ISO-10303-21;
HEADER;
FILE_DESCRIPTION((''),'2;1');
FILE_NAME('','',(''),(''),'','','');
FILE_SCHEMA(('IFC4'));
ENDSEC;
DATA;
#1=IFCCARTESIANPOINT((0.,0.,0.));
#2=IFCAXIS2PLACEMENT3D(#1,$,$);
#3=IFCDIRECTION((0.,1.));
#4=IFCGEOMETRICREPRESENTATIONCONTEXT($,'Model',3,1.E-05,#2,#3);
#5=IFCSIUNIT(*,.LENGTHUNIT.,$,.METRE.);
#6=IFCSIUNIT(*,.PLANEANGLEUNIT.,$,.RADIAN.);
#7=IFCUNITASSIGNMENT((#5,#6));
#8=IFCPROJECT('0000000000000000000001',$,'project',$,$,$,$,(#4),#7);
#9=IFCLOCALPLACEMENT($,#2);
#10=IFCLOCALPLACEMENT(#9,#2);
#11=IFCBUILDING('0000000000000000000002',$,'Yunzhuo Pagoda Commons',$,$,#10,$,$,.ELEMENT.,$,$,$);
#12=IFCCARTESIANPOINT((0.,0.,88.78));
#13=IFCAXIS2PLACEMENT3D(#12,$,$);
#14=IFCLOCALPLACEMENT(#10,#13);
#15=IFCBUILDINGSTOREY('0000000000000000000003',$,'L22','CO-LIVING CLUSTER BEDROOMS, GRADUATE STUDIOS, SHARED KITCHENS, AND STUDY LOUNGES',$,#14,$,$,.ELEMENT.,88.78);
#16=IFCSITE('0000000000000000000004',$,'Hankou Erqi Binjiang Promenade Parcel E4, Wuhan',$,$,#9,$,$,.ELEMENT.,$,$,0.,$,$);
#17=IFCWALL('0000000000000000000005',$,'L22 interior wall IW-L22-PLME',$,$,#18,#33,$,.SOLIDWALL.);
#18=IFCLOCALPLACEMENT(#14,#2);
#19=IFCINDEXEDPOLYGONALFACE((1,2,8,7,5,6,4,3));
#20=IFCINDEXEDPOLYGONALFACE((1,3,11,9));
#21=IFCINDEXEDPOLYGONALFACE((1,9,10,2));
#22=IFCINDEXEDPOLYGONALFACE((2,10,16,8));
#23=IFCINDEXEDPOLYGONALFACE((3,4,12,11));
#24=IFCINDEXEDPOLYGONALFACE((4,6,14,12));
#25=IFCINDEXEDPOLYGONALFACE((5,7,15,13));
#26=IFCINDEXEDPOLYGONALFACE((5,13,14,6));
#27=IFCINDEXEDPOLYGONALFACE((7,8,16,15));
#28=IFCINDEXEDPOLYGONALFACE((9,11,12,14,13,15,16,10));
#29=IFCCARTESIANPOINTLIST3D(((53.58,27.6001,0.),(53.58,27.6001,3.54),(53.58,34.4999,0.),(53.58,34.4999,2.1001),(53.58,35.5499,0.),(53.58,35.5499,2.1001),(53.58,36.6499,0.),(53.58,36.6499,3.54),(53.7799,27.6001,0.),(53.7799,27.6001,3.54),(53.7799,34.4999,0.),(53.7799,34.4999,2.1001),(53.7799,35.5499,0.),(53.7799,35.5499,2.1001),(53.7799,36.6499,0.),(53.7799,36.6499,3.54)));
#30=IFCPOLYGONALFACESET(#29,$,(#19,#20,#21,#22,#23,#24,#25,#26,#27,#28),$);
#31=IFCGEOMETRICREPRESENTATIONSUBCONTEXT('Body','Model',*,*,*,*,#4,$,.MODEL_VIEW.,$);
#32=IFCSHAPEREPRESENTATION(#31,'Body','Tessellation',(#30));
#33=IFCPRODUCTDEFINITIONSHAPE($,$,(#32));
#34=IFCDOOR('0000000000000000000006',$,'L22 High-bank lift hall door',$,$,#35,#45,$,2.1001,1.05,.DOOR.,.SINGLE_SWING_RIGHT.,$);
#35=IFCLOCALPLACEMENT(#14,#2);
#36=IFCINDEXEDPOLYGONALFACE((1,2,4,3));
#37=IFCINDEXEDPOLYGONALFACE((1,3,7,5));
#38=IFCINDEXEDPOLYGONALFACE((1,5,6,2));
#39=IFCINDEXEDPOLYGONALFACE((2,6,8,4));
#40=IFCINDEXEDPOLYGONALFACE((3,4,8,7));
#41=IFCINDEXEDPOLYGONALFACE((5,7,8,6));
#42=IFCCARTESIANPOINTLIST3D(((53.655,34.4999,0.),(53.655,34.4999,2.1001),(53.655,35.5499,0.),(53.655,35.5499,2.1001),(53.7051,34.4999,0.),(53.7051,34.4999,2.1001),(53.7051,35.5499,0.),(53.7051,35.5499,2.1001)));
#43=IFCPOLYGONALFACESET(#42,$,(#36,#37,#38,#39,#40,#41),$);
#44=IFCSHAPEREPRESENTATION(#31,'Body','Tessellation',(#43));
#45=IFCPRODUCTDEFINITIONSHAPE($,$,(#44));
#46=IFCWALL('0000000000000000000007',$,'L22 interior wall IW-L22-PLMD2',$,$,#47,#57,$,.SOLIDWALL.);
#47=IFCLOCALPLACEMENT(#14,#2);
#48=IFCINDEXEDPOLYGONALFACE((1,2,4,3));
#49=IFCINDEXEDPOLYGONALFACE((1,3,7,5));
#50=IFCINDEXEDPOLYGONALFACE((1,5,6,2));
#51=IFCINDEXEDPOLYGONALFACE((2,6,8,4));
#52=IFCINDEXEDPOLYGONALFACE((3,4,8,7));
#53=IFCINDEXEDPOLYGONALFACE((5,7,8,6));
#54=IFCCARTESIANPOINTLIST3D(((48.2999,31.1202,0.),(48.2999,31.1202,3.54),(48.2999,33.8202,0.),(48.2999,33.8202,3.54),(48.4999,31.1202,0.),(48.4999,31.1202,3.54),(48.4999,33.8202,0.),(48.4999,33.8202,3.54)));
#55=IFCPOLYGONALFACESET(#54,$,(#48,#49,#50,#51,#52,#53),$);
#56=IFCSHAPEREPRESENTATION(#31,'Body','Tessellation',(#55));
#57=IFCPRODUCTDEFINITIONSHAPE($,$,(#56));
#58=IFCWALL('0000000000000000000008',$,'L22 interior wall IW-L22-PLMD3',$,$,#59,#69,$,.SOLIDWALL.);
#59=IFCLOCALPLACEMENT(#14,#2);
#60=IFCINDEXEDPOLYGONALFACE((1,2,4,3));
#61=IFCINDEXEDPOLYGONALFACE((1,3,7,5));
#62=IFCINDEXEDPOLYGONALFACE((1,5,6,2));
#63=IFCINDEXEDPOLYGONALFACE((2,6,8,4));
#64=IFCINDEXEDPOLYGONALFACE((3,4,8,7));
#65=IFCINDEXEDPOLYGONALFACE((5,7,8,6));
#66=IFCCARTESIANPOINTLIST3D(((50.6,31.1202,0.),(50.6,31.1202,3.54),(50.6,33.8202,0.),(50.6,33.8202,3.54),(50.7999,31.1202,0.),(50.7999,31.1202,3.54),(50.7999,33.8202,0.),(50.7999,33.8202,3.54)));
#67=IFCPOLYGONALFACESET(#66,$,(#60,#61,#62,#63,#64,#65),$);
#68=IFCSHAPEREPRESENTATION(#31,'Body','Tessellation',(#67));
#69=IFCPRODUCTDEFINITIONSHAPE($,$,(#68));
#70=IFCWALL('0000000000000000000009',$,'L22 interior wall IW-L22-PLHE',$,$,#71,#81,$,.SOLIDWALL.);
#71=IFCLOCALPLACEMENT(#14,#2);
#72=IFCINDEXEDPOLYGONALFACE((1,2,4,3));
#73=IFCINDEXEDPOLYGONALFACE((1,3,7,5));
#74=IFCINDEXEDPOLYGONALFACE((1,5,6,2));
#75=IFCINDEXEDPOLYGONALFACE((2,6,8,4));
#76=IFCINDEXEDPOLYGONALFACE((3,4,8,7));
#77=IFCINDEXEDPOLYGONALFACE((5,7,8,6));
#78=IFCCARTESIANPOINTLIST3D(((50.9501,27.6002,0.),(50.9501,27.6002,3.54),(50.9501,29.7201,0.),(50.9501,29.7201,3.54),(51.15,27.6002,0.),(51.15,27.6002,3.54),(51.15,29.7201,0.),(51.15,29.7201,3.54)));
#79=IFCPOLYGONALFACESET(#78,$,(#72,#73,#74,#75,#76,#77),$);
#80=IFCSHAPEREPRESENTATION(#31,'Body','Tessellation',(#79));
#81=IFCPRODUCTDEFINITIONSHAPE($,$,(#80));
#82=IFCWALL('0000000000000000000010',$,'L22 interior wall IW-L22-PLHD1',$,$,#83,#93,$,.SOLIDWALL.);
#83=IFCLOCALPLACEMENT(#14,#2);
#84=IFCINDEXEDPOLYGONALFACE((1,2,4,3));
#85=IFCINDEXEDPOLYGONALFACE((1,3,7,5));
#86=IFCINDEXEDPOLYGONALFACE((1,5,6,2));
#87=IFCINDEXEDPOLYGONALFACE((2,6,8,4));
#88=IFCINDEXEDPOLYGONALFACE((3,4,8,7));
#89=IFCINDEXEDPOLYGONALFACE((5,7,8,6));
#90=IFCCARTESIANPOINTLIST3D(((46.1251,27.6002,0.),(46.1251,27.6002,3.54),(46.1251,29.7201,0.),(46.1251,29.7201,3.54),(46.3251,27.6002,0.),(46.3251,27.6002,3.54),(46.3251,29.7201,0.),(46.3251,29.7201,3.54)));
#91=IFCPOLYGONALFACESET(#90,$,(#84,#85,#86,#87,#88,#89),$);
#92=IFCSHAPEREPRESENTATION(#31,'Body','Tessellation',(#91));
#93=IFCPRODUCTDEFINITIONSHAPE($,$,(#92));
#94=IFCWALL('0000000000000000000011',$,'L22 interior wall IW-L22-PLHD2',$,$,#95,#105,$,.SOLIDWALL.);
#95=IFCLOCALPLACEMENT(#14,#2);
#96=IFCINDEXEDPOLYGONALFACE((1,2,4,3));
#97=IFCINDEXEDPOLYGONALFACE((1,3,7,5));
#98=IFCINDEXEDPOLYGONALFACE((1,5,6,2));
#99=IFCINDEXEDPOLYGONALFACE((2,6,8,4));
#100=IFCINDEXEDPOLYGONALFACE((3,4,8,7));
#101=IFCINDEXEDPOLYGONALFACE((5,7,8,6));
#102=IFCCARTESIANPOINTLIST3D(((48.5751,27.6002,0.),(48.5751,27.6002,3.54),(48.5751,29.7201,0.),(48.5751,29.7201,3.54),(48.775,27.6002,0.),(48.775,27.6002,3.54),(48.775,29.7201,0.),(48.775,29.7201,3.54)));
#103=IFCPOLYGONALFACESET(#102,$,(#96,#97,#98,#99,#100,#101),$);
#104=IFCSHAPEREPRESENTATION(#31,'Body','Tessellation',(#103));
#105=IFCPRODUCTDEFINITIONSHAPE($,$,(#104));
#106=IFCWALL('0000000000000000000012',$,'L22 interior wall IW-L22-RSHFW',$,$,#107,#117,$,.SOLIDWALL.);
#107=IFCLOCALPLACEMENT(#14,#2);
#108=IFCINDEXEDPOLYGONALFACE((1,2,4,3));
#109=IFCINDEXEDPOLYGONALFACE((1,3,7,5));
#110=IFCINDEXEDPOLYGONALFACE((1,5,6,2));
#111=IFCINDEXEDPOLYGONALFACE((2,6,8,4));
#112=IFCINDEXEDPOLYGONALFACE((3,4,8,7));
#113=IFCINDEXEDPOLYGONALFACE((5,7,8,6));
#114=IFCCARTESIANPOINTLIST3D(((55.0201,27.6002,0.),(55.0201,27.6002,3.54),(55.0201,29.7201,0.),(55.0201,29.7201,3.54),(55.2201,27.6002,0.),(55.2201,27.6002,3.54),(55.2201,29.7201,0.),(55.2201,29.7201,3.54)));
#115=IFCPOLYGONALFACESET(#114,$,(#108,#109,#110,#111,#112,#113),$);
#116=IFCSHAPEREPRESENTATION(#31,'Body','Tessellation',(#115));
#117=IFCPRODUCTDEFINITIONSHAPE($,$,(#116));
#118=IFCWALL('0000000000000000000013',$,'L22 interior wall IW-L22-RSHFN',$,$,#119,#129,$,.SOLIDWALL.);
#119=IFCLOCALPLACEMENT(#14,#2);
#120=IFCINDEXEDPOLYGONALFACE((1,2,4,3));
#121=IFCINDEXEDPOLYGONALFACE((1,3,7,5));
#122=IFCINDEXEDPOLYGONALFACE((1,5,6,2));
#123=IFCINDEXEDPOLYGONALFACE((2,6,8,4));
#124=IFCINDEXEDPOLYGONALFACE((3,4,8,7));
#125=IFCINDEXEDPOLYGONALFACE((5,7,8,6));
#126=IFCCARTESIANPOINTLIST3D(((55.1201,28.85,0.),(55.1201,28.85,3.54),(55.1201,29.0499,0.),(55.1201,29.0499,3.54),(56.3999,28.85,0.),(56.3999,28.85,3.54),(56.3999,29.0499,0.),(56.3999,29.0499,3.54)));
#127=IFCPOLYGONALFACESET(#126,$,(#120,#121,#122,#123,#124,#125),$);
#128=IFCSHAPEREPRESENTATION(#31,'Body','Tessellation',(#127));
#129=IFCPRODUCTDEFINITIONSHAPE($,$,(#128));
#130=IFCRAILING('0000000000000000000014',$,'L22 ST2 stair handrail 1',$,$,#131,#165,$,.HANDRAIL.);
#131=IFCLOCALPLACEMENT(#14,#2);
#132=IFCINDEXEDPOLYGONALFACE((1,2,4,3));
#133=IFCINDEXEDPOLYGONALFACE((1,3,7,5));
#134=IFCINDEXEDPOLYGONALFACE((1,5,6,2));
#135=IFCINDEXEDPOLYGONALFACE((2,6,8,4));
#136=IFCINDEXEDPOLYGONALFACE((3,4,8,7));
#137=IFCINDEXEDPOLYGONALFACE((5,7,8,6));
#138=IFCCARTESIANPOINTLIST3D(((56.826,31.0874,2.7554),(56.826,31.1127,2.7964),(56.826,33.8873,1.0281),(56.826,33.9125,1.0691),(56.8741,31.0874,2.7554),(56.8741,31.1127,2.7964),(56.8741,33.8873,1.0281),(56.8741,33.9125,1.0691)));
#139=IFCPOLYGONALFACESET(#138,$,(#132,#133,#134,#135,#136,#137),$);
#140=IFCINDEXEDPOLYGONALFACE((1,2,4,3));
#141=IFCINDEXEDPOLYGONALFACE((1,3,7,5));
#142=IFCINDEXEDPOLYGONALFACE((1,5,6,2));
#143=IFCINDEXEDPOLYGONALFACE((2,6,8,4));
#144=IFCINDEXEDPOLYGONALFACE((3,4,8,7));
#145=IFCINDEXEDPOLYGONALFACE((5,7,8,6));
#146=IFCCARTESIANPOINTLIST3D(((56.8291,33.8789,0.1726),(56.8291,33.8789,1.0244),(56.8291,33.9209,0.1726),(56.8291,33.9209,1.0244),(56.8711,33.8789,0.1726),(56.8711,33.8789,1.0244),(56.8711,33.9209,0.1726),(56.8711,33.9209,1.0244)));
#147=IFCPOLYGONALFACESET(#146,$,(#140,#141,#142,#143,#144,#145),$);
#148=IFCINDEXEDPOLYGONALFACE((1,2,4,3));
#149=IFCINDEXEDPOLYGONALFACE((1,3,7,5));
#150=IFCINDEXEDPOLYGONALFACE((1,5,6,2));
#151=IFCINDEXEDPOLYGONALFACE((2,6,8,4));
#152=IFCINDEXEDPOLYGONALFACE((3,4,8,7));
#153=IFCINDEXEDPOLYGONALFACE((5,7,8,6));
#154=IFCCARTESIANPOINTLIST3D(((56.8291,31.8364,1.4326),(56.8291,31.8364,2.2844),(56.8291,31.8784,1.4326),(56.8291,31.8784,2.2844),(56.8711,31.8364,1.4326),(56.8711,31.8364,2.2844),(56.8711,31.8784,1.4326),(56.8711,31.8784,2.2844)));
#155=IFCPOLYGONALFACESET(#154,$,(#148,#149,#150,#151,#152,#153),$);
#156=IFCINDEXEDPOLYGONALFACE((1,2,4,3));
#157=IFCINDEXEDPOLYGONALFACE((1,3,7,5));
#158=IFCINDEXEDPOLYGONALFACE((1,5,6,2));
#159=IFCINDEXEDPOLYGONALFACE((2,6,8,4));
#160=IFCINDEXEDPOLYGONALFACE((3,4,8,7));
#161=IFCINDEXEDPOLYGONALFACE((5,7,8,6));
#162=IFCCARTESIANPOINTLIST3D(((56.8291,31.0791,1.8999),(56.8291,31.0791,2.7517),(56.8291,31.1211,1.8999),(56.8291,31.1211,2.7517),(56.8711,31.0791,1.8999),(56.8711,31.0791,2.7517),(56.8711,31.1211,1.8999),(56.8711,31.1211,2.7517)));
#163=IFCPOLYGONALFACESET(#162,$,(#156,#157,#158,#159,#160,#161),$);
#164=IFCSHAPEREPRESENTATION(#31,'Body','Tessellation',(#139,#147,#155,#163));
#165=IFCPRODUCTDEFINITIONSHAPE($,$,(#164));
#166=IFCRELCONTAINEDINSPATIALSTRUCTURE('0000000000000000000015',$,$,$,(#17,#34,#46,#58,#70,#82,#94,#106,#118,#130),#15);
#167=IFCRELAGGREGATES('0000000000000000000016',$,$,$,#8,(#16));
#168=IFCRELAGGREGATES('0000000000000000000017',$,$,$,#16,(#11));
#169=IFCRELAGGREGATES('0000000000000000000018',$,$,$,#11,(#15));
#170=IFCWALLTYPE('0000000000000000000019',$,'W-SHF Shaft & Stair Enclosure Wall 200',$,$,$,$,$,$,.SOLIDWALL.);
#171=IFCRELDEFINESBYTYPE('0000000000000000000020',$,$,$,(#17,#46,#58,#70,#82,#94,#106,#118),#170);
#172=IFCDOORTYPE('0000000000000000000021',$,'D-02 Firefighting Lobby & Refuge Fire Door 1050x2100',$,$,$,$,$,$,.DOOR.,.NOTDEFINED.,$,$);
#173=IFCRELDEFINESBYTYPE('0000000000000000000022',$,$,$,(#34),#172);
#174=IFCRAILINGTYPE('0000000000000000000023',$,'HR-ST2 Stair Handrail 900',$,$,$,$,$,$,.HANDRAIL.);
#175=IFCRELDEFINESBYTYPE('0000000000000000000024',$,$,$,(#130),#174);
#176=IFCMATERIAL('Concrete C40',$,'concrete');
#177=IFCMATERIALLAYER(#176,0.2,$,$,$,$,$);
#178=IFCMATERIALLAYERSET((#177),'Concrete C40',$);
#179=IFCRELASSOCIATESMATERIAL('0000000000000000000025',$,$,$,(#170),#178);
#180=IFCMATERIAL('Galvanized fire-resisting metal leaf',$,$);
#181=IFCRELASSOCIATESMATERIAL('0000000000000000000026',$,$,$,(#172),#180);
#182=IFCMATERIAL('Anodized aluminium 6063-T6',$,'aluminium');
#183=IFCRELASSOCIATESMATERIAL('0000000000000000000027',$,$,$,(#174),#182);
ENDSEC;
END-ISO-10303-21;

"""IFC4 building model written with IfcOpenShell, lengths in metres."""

from ifc_helpers import new_model, si_unit, direction, frame, frame_2d, origin, origin_with_axes, origin_2d, place, context, subcontext, project, spatial, rectangle, extrude, source, transform, mapped, material, layer, layer_set, type_object, element, fill, save


model = new_model("IFC4")

# Units and contexts
model_context = context("Model", 3, precision=1e-05, world=origin(), true_north=direction((0.0, 1.0)))
body_context = subcontext(model_context, "Body", "Model", "MODEL_VIEW")
ifc_project = project(units=[si_unit("LENGTHUNIT", "METRE"), si_unit("PLANEANGLEUNIT", "RADIAN")], contexts=[model_context])

# Site, building, storey
site_placement = place(None, origin())
site = spatial("IfcSite", under=ifc_project, at=site_placement, Name="Hankou Erqi Binjiang Promenade Parcel E4, Wuhan", CompositionType="ELEMENT", RefElevation=0.0)
building_placement = place(site_placement, origin())
building = spatial("IfcBuilding", under=site, at=building_placement, Name="Yunzhuo Pagoda Commons", CompositionType="ELEMENT")
storey_placement = place(building_placement, frame((0.0, 0.0, 88.78)))
storey = spatial("IfcBuildingStorey", under=building, at=storey_placement, Name="L22", Description="CO-LIVING CLUSTER BEDROOMS, GRADUATE STUDIOS, SHARED KITCHENS, AND STUDY LOUNGES", CompositionType="ELEMENT", Elevation=88.78)

# Shared definitions
ifc_material_1 = material(Name="Galvanized fire-resisting metal leaf")

# Wall, opening, door
ifc_material_2 = material(Name="Concrete C40", Category="concrete")
ifc_layer_1 = layer(ifc_material_2, 0.2)
ifc_layer_set_1 = layer_set([ifc_layer_1], Name="Concrete C40")
wall_type_1 = type_object("IfcWallType", Name="W-SHF Shaft & Stair Enclosure Wall 200", PredefinedType="SOLIDWALL", material=ifc_layer_set_1)
wall_1_placement = place(storey_placement, frame((53.6799, 27.6001, 0.0), z_axis=(0.0, 0.0, 1.0), x_axis=(0.0, 1.0, 0.0)))
wall_1 = element("IfcWall", 1, at=wall_1_placement, inside=storey, type_object=wall_type_1, Name="L22 interior wall IW-L22-PLME", PredefinedType="SOLIDWALL", context=body_context, shape_type="SweptSolid", body=[
    extrude(rectangle(XDim=9.0498, YDim=0.2, at=frame_2d((4.5249, 0.0))), origin(), (0.0, 0.0, 1.0), 3.54),
])
opening_1_placement = place(wall_1_placement, frame((6.8999, 0.0, 0.0)))
opening_1 = element("IfcOpeningElement", 2, at=opening_1_placement, cuts=wall_1, PredefinedType="OPENING", context=body_context, shape_type="SweptSolid", body=[
    extrude(rectangle(XDim=1.05, YDim=2.1001, at=frame_2d((0.5249, 1.05))), frame((0.0, 0.1099, 0.0), z_axis=(0.0, -1.0, 0.0), x_axis=(1.0, 0.0, 0.0)), (0.0, 0.0, 1.0), 0.22),
])
door_type_1 = type_object("IfcDoorType", Name="D-02 Firefighting Lobby & Refuge Fire Door 1050x2100", OperationType="NOTDEFINED", PredefinedType="DOOR", material=ifc_material_1)
shared_shape_1 = source(origin(), body_context, "Body", "SweptSolid", [
    extrude(rectangle(XDim=1.05, YDim=2.1001, at=frame_2d((0.5249, 1.05))), frame((0.0, 0.0249, 0.0), z_axis=(0.0, -1.0, 0.0), x_axis=(1.0, 0.0, 0.0)), (0.0, 0.0, 1.0), 0.05),
])
door_1_placement = place(opening_1_placement, origin_with_axes())
door_1 = element("IfcDoor", 3, at=door_1_placement, inside=storey, type_object=door_type_1, Name="L22 High-bank lift hall door", OperationType="SINGLE_SWING_RIGHT", OverallHeight=2.1001, OverallWidth=1.05, PredefinedType="DOOR", context=body_context, shape_type="MappedRepresentation", body=[
    mapped(shared_shape_1, transform((0.0, 0.0, 0.0), scale=1.0)),
])
fill(opening_1, door_1)

# Walls
for number, where, z_axis, x_axis, name in (
    (4, (48.3999, 31.1201, 0.0), (0.0, 0.0, 1.0), (0.0, 1.0, 0.0), "L22 interior wall IW-L22-PLMD2"),
    (5, (50.7, 31.1201, 0.0), (0.0, 0.0, 1.0), (0.0, 1.0, 0.0), "L22 interior wall IW-L22-PLMD3"),
):
    element("IfcWall", number, at=place(storey_placement, frame(where, z_axis=z_axis, x_axis=x_axis)), inside=storey, type_object=wall_type_1, Name=name, PredefinedType="SOLIDWALL", context=body_context, shape_type="SweptSolid", body=[
        extrude(rectangle(XDim=2.7, YDim=0.2, at=frame_2d((1.3501, 0.0))), origin(), (0.0, 0.0, 1.0), 3.54),
    ])
for number, where, z_axis, x_axis, name in (
    (6, (51.05, 27.6001, 0.0), (0.0, 0.0, 1.0), (0.0, 1.0, 0.0), "L22 interior wall IW-L22-PLHE"),
    (7, (46.2251, 27.6001, 0.0), (0.0, 0.0, 1.0), (0.0, 1.0, 0.0), "L22 interior wall IW-L22-PLHD1"),
    (8, (48.675, 27.6001, 0.0), (0.0, 0.0, 1.0), (0.0, 1.0, 0.0), "L22 interior wall IW-L22-PLHD2"),
    (9, (55.1201, 27.6001, 0.0), (0.0, 0.0, 1.0), (0.0, 1.0, 0.0), "L22 interior wall IW-L22-RSHFW"),
):
    element("IfcWall", number, at=place(storey_placement, frame(where, z_axis=z_axis, x_axis=x_axis)), inside=storey, type_object=wall_type_1, Name=name, PredefinedType="SOLIDWALL", context=body_context, shape_type="SweptSolid", body=[
        extrude(rectangle(XDim=2.1199, YDim=0.2, at=frame_2d((1.0601, 0.0))), origin(), (0.0, 0.0, 1.0), 3.54),
    ])
wall_2_placement = place(storey_placement, frame((55.1201, 28.95, 0.0), z_axis=(0.0, 0.0, 1.0), x_axis=(1.0, 0.0, 0.0)))
element("IfcWall", 10, at=wall_2_placement, inside=storey, type_object=wall_type_1, Name="L22 interior wall IW-L22-RSHFN", PredefinedType="SOLIDWALL", context=body_context, shape_type="SweptSolid", body=[
    extrude(rectangle(XDim=1.2798, YDim=0.2, at=frame_2d((0.6399, 0.0))), origin(), (0.0, 0.0, 1.0), 3.54),
])

# Railing
ifc_material_3 = material(Name="Anodized aluminium 6063-T6", Category="aluminium")
railing_type = type_object("IfcRailingType", Name="HR-ST2 Stair Handrail 900", PredefinedType="HANDRAIL", material=ifc_material_3)
railing_placement = place(storey_placement, frame((56.8501, 33.8999, 0.1726)))
element("IfcRailing", 11, at=railing_placement, inside=storey, type_object=railing_type, Name="L22 ST2 stair handrail 1", PredefinedType="HANDRAIL", context=body_context, shape_type="SweptSolid", body=[
    extrude(rectangle(XDim=0.0481, YDim=0.0481, at=origin_2d()), frame((0.0, 0.0, 0.876), z_axis=(0.0, -0.851069, 0.525054), x_axis=(1.0, 0.0, 0.0)), (0.0, 0.0, 1.0), 3.2898),
    extrude(rectangle(XDim=0.042, YDim=0.042, at=origin_2d()), origin(), (0.0, 0.0, 1.0), 0.8518),
    extrude(rectangle(XDim=0.042, YDim=0.042, at=origin_2d()), frame((0.0, -2.0425, 1.26)), (0.0, 0.0, 1.0), 0.8518),
    extrude(rectangle(XDim=0.042, YDim=0.042, at=origin_2d()), frame((0.0, -2.7998, 1.7273)), (0.0, 0.0, 1.0), 0.8518),
])

save(model, "model.ifc")
